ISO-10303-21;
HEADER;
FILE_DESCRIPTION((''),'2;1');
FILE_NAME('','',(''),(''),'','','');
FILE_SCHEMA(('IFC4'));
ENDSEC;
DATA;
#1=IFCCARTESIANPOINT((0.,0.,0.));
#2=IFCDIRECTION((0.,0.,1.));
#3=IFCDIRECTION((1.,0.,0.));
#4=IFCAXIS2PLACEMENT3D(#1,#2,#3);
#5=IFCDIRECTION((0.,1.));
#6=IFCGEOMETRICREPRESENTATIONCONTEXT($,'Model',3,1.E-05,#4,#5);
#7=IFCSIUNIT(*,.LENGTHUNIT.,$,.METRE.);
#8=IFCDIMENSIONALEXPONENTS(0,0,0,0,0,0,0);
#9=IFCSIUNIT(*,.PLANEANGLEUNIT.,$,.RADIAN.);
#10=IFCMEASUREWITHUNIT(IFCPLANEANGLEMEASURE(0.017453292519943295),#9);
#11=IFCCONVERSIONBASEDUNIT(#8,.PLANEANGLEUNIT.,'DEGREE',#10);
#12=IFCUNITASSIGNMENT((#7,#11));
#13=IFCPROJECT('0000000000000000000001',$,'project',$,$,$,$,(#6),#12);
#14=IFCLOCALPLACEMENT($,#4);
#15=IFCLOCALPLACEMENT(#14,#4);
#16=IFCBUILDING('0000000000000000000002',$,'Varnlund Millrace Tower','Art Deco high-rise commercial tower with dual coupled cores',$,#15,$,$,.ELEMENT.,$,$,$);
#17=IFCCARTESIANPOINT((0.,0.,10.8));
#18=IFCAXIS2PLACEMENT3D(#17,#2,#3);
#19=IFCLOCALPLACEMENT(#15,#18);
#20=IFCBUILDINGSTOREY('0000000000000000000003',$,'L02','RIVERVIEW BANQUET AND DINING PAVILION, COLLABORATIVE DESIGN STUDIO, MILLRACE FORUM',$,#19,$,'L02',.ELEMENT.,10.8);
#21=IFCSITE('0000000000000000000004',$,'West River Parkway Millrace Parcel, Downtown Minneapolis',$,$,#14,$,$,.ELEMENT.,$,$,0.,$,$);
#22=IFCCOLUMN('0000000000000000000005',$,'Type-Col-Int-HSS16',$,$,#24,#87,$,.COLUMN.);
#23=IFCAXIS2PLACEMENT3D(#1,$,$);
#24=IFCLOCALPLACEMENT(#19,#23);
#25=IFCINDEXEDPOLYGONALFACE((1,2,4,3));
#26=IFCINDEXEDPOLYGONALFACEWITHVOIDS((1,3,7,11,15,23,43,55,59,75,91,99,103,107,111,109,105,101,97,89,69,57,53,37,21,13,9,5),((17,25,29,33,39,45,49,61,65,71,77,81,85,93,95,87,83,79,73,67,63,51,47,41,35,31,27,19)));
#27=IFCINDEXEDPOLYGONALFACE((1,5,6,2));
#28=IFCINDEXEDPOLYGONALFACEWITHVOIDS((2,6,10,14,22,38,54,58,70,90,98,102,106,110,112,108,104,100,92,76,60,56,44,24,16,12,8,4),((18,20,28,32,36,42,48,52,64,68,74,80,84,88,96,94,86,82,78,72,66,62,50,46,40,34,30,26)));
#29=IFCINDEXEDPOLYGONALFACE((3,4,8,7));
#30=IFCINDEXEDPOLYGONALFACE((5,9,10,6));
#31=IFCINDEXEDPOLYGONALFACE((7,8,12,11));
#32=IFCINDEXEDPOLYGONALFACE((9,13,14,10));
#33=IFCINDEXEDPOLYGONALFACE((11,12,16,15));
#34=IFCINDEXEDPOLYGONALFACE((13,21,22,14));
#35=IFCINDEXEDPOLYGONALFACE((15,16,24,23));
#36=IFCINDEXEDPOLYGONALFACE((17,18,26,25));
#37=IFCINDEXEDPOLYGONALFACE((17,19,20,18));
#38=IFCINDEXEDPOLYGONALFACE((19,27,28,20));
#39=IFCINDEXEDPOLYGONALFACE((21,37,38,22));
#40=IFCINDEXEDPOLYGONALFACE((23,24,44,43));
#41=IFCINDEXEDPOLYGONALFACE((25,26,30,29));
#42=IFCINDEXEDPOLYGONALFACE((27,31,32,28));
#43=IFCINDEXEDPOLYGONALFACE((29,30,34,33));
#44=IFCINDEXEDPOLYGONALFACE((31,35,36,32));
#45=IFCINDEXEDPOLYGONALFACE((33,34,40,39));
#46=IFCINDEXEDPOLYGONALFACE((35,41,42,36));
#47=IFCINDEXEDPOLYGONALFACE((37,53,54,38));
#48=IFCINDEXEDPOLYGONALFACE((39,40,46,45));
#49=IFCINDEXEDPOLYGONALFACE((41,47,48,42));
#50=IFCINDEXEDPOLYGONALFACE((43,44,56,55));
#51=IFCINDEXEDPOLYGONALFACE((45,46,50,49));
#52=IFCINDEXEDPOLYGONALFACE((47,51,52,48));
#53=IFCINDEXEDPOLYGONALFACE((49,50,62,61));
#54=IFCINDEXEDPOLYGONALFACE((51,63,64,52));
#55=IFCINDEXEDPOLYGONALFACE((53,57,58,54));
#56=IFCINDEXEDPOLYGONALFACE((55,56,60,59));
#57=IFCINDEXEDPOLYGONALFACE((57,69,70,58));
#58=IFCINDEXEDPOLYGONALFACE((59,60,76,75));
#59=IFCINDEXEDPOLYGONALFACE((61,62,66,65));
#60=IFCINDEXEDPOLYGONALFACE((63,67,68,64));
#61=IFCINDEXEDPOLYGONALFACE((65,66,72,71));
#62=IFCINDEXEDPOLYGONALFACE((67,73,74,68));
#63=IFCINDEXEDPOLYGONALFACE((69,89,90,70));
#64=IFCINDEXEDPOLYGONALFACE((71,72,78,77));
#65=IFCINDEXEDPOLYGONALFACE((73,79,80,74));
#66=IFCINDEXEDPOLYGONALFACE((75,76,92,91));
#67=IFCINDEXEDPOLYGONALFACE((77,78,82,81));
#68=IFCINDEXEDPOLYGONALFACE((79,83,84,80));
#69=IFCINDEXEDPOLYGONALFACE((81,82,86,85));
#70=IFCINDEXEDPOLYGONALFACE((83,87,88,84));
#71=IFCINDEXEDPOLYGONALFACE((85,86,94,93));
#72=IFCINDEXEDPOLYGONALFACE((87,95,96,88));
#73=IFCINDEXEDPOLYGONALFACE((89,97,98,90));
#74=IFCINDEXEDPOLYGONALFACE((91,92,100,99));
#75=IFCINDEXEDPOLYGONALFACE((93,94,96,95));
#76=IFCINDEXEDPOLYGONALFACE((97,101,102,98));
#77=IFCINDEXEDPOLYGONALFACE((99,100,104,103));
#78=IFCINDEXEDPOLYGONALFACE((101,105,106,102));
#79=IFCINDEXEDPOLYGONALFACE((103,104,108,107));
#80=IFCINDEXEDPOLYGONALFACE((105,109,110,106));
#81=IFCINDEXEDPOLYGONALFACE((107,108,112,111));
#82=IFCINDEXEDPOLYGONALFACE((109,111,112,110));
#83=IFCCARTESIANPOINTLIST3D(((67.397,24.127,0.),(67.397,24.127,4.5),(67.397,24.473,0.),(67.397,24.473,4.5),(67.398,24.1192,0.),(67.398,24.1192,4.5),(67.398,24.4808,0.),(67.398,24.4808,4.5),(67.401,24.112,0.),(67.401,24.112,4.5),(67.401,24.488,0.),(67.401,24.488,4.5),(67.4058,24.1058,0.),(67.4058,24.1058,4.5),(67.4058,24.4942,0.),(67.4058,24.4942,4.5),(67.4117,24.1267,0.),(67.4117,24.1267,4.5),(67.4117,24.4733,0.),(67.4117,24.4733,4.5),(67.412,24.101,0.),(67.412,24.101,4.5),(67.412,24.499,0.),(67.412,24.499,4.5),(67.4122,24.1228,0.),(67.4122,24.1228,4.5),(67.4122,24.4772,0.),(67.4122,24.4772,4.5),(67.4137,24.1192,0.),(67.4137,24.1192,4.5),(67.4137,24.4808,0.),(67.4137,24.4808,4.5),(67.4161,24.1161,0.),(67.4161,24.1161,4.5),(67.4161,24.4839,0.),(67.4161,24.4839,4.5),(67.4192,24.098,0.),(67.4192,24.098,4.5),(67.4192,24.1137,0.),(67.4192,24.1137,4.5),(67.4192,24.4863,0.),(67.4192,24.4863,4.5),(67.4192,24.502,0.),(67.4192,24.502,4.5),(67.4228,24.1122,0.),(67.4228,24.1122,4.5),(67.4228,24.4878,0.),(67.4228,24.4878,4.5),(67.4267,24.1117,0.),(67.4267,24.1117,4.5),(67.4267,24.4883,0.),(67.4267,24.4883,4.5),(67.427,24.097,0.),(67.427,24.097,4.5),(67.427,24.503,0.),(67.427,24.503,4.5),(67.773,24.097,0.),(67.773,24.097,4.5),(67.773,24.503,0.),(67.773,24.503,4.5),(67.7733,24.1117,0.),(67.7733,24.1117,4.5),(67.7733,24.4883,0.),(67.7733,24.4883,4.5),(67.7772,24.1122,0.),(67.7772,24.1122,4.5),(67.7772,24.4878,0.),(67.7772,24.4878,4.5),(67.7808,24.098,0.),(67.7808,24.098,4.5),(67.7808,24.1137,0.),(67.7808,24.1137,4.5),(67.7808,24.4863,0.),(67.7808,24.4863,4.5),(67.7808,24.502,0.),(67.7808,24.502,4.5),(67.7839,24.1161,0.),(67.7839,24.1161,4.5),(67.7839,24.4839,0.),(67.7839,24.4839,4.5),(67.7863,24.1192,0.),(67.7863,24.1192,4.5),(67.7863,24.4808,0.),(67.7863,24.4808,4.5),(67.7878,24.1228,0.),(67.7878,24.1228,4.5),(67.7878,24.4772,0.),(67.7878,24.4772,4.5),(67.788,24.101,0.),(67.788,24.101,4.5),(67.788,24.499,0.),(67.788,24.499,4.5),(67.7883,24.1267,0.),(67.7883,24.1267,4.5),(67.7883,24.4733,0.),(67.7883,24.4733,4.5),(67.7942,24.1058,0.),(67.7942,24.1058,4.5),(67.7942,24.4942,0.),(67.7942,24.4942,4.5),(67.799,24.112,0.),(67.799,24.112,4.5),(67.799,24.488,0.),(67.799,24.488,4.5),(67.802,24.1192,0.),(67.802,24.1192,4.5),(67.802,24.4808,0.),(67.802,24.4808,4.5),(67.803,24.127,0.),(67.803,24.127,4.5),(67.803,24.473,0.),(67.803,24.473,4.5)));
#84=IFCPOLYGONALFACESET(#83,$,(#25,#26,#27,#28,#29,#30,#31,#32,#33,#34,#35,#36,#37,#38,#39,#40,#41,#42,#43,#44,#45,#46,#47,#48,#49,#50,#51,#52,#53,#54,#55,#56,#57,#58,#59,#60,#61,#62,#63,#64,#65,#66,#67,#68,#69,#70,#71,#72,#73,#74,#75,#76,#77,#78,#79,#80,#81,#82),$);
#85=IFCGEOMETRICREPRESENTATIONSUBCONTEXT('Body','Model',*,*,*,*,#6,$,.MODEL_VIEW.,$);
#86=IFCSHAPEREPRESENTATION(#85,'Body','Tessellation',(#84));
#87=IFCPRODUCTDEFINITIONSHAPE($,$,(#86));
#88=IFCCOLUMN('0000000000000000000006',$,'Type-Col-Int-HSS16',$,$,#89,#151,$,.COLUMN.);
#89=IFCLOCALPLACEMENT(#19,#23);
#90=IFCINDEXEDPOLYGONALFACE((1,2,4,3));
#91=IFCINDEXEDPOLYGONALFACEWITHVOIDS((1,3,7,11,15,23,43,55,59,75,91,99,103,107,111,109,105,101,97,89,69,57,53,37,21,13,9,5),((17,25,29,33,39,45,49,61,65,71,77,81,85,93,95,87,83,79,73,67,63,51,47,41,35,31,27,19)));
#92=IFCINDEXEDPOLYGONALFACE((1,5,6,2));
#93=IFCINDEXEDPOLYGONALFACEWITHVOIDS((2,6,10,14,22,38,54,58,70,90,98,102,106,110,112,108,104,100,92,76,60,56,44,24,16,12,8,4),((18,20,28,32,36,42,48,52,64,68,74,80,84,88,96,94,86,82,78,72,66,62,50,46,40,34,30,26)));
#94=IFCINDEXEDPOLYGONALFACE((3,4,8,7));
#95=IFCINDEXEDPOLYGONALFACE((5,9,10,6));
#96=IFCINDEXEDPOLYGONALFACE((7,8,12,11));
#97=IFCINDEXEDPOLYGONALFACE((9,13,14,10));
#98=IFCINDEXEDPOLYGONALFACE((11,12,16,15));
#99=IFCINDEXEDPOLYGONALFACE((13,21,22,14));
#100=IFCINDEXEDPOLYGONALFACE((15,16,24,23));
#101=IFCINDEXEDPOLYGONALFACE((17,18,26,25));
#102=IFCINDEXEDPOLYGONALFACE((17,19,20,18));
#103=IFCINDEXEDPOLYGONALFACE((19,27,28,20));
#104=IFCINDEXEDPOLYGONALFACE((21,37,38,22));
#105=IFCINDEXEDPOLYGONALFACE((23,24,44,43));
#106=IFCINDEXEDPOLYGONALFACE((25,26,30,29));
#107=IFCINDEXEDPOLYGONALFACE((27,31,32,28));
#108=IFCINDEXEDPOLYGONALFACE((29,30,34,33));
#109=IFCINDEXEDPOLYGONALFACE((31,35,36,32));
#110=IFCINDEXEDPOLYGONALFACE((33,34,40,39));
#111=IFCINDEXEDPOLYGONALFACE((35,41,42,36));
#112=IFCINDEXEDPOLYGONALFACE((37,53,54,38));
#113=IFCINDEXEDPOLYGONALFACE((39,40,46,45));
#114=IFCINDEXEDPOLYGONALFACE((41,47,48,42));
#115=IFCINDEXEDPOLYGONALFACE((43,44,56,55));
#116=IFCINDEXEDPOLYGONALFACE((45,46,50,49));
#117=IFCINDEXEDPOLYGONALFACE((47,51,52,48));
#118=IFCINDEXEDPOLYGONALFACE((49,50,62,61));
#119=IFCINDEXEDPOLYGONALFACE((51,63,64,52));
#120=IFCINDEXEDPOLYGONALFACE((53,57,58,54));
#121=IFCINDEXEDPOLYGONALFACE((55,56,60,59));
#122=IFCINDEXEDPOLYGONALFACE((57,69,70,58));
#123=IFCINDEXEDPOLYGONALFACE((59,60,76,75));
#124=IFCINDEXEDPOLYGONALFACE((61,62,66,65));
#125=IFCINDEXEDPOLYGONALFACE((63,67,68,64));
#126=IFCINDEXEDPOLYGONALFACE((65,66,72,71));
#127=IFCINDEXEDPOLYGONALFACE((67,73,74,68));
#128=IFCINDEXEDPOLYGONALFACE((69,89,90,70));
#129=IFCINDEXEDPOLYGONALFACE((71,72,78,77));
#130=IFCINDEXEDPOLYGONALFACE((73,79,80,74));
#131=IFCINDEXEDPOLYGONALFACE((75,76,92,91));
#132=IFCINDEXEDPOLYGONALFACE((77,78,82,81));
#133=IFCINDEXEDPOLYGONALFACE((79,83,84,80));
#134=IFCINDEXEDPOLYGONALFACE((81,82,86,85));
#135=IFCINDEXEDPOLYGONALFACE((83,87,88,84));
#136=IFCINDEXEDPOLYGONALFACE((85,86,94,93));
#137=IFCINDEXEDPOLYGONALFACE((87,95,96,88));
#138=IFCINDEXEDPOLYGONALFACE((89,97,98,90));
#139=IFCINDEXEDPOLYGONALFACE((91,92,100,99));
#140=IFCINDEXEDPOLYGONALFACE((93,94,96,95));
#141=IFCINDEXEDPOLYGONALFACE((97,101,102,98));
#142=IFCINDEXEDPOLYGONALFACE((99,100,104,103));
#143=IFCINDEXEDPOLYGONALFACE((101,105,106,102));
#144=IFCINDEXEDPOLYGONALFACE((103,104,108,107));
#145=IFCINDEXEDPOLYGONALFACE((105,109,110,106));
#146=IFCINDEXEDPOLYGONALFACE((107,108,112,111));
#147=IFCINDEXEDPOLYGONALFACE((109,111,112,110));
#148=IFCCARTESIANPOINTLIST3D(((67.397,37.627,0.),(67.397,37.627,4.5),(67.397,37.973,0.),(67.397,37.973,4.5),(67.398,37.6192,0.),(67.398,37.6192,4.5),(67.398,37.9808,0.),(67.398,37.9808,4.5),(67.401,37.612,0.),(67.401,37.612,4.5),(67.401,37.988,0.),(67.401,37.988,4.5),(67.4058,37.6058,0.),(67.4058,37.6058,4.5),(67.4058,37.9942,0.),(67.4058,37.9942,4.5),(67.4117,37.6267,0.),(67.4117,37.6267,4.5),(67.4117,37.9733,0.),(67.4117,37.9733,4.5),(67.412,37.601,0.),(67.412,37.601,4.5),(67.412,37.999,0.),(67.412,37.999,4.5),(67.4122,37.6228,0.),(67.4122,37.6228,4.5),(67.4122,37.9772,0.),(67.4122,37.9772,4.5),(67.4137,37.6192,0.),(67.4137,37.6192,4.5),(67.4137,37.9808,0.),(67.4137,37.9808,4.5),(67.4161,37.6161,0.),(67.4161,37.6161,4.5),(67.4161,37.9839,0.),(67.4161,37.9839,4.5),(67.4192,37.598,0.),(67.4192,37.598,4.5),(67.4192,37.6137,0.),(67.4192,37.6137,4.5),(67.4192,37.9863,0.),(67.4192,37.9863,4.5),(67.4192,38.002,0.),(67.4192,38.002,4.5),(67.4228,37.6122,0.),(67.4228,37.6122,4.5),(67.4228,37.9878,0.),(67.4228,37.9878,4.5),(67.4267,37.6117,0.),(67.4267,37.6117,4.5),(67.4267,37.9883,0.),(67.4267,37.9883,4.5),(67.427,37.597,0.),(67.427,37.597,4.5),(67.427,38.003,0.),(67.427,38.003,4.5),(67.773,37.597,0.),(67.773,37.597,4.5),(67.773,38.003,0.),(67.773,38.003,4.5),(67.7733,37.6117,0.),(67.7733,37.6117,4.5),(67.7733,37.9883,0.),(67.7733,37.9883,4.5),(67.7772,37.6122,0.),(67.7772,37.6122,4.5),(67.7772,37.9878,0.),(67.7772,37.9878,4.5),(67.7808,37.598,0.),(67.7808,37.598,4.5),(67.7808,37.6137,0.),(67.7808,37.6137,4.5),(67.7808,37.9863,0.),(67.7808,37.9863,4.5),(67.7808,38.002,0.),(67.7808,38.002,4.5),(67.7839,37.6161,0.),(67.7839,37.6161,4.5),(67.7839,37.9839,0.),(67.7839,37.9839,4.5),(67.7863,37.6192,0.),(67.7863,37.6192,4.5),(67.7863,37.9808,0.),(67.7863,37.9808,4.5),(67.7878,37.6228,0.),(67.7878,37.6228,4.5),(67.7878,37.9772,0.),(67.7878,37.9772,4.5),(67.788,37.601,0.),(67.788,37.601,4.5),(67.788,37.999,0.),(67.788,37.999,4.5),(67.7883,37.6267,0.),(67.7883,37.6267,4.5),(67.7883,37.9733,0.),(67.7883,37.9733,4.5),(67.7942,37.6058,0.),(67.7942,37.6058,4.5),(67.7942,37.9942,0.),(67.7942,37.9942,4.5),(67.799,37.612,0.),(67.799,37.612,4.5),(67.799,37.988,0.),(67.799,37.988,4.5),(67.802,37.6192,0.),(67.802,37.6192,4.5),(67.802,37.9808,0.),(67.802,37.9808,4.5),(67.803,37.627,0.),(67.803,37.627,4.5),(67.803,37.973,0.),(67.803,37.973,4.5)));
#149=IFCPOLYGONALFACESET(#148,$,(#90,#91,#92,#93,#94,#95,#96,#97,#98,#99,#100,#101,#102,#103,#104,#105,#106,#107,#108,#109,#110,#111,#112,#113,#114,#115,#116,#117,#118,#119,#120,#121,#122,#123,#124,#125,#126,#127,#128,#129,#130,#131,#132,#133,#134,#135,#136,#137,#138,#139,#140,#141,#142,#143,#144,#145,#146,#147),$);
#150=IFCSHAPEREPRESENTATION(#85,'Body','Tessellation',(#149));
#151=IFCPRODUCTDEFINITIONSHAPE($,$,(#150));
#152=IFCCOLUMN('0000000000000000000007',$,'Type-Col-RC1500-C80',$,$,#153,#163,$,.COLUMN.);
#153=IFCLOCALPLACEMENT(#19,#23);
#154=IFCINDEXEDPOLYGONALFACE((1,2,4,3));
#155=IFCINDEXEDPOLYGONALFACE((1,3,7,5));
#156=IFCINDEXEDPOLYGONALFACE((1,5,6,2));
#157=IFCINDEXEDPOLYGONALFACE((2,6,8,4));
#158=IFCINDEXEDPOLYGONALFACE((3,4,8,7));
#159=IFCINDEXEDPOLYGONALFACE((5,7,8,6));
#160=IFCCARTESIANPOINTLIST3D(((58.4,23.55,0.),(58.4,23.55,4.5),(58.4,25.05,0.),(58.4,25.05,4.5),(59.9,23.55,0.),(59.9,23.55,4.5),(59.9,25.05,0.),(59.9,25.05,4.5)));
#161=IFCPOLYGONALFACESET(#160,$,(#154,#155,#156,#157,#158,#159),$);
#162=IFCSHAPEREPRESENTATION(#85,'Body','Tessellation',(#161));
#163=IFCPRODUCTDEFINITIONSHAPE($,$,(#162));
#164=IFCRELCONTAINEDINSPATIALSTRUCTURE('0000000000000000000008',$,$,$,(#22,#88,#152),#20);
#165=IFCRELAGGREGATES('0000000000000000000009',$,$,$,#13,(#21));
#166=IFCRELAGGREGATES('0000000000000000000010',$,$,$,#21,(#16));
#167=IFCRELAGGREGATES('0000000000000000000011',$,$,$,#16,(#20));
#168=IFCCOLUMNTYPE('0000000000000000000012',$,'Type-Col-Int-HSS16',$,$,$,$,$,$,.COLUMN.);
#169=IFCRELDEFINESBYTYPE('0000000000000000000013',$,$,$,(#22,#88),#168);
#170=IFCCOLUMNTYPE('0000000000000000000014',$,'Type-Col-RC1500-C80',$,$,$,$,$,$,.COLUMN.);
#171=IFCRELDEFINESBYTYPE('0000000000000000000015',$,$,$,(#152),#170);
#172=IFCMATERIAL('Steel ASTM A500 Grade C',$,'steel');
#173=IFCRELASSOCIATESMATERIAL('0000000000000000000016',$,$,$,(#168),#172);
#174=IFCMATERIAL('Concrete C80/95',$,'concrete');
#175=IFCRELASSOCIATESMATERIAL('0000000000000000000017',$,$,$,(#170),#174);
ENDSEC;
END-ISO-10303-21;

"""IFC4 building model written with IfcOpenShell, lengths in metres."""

from ifc_helpers import new_model, entity, si_unit, converted_unit, direction, frame, origin_with_axes, origin_2d_with_axis, place, context, subcontext, project, spatial, rectangle, hollow_rectangle, extrude, material, material_profile, profile_set, type_object, element, save


model = new_model("IFC4")

# Units and contexts
model_context = context("Model", 3, precision=1e-05, world=origin_with_axes(), true_north=direction((0.0, 1.0)))
body_context = subcontext(model_context, "Body", "Model", "MODEL_VIEW")
ifc_project = project(units=[si_unit("LENGTHUNIT", "METRE"), converted_unit("PLANEANGLEUNIT", "DEGREE", entity("IfcPlaneAngleMeasure", 0.017453292519943295), si_unit("PLANEANGLEUNIT", "RADIAN"), dimensions=[0, 0, 0, 0, 0, 0, 0])], contexts=[model_context])

# Site, building, storey
site_placement = place(None, origin_with_axes())
site = spatial("IfcSite", under=ifc_project, at=site_placement, Name="West River Parkway Millrace Parcel, Downtown Minneapolis", CompositionType="ELEMENT", RefElevation=0.0)
building_placement = place(site_placement, origin_with_axes())
building = spatial("IfcBuilding", under=site, at=building_placement, Name="Varnlund Millrace Tower", Description="Art Deco high-rise commercial tower with dual coupled cores", CompositionType="ELEMENT")
storey_placement = place(building_placement, frame((0.0, 0.0, 10.8), z_axis=(0.0, 0.0, 1.0), x_axis=(1.0, 0.0, 0.0)))
storey = spatial("IfcBuildingStorey", under=building, at=storey_placement, Name="L02", Description="RIVERVIEW BANQUET AND DINING PAVILION, COLLABORATIVE DESIGN STUDIO, MILLRACE FORUM", LongName="L02", CompositionType="ELEMENT", Elevation=10.8)

# Columns
ifc_material_1 = material(Name="Steel ASTM A500 Grade C", Category="steel")
ifc_material_profile_1 = material_profile(ifc_material_1, hollow_rectangle(XDim=0.406, YDim=0.406, WallThickness=0.0147, InnerFilletRadius=0.015, OuterFilletRadius=0.03, at=origin_2d_with_axis()), Name="Steel ASTM A500 Grade C")
ifc_profile_set_1 = profile_set([ifc_material_profile_1], Name="Steel ASTM A500 Grade C")
column_type_1 = type_object("IfcColumnType", Name="Type-Col-Int-HSS16", PredefinedType="COLUMN", material=ifc_profile_set_1)
for number, where, z_axis, x_axis, name in (
    (1, (67.6, 24.3, 0.0), (0.0, 0.0, 1.0), (1.0, 0.0, 0.0), "Type-Col-Int-HSS16"),
    (2, (67.6, 37.8, 0.0), (0.0, 0.0, 1.0), (1.0, 0.0, 0.0), "Type-Col-Int-HSS16"),
):
    element("IfcColumn", number, at=place(storey_placement, frame(where, z_axis=z_axis, x_axis=x_axis)), inside=storey, type_object=column_type_1, Name=name, PredefinedType="COLUMN", context=body_context, shape_type="SweptSolid", body=[
        extrude(hollow_rectangle(XDim=0.406, YDim=0.406, WallThickness=0.0147, InnerFilletRadius=0.015, OuterFilletRadius=0.03, at=origin_2d_with_axis()), origin_with_axes(), (0.0, 0.0, 1.0), 4.5),
    ])
ifc_material_2 = material(Name="Concrete C80/95", Category="concrete")
ifc_material_profile_2 = material_profile(ifc_material_2, rectangle(XDim=1.5, YDim=1.5, at=origin_2d_with_axis()), Name="Concrete C80/95")
ifc_profile_set_2 = profile_set([ifc_material_profile_2], Name="Concrete C80/95")
column_type_2 = type_object("IfcColumnType", Name="Type-Col-RC1500-C80", PredefinedType="COLUMN", material=ifc_profile_set_2)
column_placement = place(storey_placement, frame((59.15, 24.3, 0.0), z_axis=(0.0, 0.0, 1.0), x_axis=(1.0, 0.0, 0.0)))
element("IfcColumn", 3, at=column_placement, inside=storey, type_object=column_type_2, Name="Type-Col-RC1500-C80", PredefinedType="COLUMN", context=body_context, shape_type="SweptSolid", body=[
    extrude(rectangle(XDim=1.5, YDim=1.5, at=origin_2d_with_axis()), origin_with_axes(), (0.0, 0.0, 1.0), 4.5),
])

save(model, "model.ifc")
